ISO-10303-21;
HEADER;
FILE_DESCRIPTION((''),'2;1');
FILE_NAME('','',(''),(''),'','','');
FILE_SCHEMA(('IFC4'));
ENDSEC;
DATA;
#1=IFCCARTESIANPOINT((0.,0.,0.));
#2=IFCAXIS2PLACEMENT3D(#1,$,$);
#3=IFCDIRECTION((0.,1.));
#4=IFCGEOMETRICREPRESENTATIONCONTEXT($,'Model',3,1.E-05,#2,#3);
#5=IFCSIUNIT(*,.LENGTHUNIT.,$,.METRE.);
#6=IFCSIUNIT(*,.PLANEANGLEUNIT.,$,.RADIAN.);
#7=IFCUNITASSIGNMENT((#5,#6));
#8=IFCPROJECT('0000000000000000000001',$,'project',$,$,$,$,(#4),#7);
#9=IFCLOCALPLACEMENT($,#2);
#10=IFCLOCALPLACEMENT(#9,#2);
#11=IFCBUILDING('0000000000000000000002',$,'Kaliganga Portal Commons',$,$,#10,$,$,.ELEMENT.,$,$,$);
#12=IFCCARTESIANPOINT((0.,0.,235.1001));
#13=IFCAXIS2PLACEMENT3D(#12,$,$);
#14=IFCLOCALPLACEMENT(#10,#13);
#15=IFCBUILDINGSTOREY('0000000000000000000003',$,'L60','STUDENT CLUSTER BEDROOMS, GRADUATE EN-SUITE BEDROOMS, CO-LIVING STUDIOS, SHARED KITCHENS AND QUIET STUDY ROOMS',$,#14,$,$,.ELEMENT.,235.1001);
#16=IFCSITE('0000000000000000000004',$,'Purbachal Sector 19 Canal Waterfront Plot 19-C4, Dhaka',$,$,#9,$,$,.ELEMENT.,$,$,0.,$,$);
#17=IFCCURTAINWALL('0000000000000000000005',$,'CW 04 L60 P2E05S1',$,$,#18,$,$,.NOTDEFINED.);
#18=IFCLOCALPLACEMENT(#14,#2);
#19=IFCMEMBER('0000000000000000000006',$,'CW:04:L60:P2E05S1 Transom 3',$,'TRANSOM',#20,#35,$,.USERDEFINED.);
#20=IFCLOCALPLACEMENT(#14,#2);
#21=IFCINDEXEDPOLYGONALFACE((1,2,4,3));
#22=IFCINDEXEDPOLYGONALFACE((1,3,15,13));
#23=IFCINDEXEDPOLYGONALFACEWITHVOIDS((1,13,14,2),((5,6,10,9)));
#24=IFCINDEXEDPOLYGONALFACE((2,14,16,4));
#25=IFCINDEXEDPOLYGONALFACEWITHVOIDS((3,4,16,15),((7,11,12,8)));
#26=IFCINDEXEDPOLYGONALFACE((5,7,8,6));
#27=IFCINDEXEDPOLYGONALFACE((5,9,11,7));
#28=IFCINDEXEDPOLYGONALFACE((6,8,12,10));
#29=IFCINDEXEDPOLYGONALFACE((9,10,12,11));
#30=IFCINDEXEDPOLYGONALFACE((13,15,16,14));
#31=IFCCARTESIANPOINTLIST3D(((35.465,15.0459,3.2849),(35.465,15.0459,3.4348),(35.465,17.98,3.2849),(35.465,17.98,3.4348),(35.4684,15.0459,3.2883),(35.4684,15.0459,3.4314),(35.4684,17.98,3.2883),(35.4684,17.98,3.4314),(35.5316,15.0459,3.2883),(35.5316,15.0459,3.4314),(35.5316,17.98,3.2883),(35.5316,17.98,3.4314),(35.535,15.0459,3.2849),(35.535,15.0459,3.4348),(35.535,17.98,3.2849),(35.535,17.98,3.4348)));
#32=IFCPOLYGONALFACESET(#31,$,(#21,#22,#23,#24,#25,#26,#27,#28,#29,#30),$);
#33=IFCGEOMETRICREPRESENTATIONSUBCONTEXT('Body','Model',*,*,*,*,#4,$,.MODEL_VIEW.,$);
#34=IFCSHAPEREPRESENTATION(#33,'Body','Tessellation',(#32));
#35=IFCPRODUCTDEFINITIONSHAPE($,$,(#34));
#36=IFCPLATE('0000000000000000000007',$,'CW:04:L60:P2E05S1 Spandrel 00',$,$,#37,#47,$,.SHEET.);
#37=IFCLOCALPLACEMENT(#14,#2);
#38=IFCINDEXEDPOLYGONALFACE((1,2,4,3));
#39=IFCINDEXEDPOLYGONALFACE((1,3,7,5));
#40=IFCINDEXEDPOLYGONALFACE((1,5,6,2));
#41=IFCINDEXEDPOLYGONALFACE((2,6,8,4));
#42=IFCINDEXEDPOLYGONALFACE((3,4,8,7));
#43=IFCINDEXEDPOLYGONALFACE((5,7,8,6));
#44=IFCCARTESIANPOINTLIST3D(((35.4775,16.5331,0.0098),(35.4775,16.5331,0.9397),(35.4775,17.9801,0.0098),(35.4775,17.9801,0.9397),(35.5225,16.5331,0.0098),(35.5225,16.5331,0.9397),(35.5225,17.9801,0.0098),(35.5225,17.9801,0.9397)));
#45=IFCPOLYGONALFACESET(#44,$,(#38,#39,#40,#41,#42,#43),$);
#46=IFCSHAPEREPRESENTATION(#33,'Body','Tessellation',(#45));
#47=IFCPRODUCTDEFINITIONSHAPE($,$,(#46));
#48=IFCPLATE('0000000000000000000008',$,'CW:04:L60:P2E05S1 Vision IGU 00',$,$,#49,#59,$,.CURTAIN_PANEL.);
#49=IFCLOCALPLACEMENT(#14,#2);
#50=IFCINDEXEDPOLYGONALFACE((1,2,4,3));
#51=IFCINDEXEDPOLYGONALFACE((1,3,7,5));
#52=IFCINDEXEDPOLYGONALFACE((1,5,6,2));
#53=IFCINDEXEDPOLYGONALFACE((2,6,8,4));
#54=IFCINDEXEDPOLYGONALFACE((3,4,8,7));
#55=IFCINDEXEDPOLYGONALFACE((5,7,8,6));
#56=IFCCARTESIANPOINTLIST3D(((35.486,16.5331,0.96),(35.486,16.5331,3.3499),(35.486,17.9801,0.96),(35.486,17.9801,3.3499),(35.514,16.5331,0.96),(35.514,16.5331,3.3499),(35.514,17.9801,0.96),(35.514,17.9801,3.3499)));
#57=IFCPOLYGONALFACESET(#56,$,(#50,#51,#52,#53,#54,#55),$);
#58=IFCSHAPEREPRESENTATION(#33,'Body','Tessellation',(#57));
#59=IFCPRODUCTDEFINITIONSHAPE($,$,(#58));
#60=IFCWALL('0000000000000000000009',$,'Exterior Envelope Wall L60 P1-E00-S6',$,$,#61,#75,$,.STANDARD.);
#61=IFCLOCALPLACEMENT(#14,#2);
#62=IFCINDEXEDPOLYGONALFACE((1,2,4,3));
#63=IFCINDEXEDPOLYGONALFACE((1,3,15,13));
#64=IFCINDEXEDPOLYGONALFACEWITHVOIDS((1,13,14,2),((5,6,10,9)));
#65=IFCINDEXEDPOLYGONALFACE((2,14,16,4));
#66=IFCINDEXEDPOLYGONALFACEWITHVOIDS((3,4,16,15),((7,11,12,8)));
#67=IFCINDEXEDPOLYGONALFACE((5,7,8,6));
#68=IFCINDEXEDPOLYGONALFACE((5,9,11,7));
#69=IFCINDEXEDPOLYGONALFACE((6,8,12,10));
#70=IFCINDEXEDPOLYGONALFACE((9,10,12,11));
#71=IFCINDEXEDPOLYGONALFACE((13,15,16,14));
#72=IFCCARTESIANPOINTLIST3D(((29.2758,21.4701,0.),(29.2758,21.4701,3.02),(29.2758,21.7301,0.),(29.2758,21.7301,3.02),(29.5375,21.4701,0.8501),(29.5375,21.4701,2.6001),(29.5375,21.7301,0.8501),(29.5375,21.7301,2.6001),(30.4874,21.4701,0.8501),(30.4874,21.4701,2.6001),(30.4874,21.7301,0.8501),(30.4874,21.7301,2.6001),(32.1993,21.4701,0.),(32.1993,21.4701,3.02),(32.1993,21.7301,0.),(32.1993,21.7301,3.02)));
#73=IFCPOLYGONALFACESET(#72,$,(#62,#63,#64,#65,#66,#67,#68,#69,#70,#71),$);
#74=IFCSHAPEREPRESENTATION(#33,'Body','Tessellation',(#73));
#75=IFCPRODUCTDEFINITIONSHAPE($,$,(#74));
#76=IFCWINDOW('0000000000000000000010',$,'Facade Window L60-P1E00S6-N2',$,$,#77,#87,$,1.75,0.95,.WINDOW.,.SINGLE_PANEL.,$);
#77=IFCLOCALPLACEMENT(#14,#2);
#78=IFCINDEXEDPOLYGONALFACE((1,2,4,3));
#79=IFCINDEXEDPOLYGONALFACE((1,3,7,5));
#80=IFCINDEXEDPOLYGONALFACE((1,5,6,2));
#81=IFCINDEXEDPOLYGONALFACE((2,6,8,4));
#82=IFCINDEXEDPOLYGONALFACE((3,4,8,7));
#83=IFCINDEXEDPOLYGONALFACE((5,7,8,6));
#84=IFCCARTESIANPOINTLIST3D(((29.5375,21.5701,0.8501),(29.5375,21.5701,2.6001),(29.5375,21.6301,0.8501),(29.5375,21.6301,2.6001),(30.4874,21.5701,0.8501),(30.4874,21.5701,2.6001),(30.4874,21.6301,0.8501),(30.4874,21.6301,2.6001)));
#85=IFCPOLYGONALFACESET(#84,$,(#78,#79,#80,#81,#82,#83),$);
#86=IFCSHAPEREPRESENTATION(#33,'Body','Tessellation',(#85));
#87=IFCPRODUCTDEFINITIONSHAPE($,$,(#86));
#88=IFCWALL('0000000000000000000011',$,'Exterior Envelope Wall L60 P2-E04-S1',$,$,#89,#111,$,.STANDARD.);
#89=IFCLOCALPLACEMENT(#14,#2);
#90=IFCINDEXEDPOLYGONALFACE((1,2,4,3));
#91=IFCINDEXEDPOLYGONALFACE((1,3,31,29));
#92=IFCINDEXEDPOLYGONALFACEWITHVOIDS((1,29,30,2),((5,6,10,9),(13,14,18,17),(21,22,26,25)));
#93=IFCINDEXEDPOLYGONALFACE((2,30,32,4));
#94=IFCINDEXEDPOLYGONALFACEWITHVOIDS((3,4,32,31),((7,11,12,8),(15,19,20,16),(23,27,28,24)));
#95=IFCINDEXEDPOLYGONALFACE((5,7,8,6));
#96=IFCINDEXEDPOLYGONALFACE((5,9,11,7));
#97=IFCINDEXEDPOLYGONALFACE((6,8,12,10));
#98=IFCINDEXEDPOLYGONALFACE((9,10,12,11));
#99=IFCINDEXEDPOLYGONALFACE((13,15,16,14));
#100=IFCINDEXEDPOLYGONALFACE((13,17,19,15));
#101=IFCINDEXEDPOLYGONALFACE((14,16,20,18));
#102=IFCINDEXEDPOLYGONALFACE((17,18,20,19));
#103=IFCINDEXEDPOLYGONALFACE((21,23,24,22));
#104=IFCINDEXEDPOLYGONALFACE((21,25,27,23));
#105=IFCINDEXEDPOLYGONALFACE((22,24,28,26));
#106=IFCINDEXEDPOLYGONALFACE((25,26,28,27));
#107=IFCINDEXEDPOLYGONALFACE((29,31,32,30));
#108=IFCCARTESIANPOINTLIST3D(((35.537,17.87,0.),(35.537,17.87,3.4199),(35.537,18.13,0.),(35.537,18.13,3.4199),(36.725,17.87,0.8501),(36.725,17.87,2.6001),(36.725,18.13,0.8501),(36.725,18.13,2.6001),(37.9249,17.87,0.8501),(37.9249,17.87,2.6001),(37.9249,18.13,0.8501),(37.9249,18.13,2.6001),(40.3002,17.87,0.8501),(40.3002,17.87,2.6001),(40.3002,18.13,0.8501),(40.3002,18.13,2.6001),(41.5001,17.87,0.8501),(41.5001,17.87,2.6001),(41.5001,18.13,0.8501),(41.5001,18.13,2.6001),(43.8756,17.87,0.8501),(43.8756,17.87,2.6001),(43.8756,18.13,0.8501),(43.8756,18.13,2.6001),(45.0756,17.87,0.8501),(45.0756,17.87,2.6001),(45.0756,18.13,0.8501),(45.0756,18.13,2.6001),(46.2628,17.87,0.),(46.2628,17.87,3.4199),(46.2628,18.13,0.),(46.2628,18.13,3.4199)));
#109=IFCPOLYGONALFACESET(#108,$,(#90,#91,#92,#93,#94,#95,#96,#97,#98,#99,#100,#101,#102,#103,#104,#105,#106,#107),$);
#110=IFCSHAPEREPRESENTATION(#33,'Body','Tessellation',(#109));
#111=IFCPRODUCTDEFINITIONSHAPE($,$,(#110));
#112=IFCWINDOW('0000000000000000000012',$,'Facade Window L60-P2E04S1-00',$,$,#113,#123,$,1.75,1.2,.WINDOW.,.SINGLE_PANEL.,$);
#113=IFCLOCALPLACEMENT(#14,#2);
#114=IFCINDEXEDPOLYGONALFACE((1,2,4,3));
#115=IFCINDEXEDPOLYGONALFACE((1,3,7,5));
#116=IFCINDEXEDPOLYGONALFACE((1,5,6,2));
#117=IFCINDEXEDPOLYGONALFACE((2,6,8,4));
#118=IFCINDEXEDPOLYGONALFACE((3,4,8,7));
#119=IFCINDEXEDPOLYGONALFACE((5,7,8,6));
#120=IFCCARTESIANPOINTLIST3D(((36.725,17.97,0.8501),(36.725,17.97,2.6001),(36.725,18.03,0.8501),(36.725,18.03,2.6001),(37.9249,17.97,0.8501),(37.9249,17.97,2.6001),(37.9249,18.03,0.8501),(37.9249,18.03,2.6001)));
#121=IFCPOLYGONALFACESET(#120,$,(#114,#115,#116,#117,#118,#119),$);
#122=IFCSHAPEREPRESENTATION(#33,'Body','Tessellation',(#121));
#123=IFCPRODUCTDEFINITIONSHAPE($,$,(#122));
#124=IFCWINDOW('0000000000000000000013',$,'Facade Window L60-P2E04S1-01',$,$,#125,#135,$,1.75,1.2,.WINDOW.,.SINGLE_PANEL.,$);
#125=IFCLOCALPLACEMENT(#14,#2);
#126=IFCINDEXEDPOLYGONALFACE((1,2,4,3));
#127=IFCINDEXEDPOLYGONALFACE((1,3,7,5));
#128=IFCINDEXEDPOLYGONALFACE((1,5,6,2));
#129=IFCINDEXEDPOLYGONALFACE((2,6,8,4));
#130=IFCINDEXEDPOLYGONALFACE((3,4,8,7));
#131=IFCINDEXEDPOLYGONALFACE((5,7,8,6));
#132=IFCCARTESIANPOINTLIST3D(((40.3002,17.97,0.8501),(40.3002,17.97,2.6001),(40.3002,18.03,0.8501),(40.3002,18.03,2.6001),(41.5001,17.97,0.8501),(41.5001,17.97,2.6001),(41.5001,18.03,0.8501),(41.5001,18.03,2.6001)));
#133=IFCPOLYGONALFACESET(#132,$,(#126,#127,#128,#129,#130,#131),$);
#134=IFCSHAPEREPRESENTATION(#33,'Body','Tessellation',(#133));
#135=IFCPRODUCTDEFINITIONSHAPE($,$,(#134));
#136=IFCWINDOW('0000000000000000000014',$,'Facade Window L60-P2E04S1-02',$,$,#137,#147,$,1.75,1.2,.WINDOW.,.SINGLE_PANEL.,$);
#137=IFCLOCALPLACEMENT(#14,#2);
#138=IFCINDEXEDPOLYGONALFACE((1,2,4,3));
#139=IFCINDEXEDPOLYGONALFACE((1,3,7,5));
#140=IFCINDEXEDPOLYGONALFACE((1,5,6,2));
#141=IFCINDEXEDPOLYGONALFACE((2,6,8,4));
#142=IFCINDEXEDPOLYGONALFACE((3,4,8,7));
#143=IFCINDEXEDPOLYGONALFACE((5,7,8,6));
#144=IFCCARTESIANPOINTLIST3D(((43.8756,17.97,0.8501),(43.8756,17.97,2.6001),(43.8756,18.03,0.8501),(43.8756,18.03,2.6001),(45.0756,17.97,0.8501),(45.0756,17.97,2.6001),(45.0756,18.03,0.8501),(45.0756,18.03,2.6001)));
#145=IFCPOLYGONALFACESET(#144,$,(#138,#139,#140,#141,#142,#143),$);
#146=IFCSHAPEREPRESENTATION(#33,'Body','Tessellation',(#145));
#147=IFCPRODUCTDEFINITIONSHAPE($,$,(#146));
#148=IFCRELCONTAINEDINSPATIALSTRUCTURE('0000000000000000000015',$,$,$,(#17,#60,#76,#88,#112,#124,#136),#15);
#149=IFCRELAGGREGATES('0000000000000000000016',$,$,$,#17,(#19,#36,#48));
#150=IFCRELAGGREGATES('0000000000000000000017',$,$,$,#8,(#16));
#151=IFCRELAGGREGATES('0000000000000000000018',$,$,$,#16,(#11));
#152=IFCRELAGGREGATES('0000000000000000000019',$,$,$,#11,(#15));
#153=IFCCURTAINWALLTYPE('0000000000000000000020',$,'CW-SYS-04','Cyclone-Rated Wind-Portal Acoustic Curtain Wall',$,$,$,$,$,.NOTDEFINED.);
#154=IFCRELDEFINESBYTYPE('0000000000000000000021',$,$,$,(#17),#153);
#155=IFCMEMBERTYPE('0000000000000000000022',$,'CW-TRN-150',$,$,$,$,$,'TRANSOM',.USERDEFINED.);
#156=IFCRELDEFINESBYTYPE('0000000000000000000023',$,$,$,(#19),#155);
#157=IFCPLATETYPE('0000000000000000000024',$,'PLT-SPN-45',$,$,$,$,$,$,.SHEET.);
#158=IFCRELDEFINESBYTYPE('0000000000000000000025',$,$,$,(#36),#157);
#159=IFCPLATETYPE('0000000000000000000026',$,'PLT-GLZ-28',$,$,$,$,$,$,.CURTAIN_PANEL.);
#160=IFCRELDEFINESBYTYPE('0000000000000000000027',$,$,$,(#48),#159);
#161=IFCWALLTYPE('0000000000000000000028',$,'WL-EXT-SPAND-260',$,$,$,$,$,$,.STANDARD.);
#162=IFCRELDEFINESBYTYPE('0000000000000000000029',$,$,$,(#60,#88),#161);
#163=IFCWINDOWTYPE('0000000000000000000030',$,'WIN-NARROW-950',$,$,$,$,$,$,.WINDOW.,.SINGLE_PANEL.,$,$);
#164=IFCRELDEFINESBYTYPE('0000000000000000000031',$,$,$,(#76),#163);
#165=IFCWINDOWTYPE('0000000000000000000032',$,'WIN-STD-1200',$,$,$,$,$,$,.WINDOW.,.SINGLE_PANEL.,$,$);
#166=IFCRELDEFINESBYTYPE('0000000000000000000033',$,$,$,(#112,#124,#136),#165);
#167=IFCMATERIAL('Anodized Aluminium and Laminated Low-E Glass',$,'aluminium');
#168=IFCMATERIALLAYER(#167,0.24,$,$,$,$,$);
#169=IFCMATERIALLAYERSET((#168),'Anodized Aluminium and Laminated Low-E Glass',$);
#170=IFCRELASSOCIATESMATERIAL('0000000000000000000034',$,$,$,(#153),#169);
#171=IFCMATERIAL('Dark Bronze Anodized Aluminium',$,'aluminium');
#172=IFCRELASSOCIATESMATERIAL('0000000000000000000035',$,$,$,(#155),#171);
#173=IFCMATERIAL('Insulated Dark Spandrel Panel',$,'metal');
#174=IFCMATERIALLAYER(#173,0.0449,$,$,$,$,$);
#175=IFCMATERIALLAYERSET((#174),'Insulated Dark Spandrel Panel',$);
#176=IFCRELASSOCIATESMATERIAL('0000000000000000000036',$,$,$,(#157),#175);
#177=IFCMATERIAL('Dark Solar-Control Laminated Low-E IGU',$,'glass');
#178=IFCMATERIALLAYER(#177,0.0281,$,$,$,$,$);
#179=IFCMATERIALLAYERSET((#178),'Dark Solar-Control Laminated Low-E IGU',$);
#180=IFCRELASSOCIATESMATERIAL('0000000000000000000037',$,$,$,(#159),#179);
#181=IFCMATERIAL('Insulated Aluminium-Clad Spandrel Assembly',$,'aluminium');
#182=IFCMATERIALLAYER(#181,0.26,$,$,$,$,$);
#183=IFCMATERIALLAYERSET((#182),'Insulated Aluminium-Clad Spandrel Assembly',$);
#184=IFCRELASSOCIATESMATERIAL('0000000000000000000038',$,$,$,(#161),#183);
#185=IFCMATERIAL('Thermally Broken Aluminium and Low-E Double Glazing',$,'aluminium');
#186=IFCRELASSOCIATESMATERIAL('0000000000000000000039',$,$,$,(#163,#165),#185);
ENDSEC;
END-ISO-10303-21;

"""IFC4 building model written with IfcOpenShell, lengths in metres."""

from ifc_helpers import new_model, si_unit, direction, frame, frame_2d, origin, origin_2d, place, context, subcontext, project, spatial, rectangle, hollow_rectangle, extrude, source, transform, mapped, material, layer, layer_set, material_profile, profile_set, type_object, element, fill, aggregate, save


model = new_model("IFC4")

# Units and contexts
model_context = context("Model", 3, precision=1e-05, world=origin(), true_north=direction((0.0, 1.0)))
body_context = subcontext(model_context, "Body", "Model", "MODEL_VIEW")
ifc_project = project(units=[si_unit("LENGTHUNIT", "METRE"), si_unit("PLANEANGLEUNIT", "RADIAN")], contexts=[model_context])

# Site, building, storey
site_placement = place(None, origin())
site = spatial("IfcSite", under=ifc_project, at=site_placement, Name="Purbachal Sector 19 Canal Waterfront Plot 19-C4, Dhaka", CompositionType="ELEMENT", RefElevation=0.0)
building_placement = place(site_placement, origin())
building = spatial("IfcBuilding", under=site, at=building_placement, Name="Kaliganga Portal Commons", CompositionType="ELEMENT")
storey_placement = place(building_placement, frame((0.0, 0.0, 235.1001)))
storey = spatial("IfcBuildingStorey", under=building, at=storey_placement, Name="L60", Description="STUDENT CLUSTER BEDROOMS, GRADUATE EN-SUITE BEDROOMS, CO-LIVING STUDIOS, SHARED KITCHENS AND QUIET STUDY ROOMS", CompositionType="ELEMENT", Elevation=235.1001)

# Curtain wall, member, plates
ifc_material_1 = material(Name="Anodized Aluminium and Laminated Low-E Glass", Category="aluminium")
ifc_layer_1 = layer(ifc_material_1, 0.24)
ifc_layer_set_1 = layer_set([ifc_layer_1], Name="Anodized Aluminium and Laminated Low-E Glass")
curtain_wall_type = type_object("IfcCurtainWallType", Name="CW-SYS-04", Description="Cyclone-Rated Wind-Portal Acoustic Curtain Wall", PredefinedType="NOTDEFINED", material=ifc_layer_set_1)
curtain_wall_placement = place(storey_placement, origin())
curtain_wall = element("IfcCurtainWall", 1, at=curtain_wall_placement, inside=storey, type_object=curtain_wall_type, Name="CW 04 L60 P2E05S1", PredefinedType="NOTDEFINED")
ifc_material_2 = material(Name="Dark Bronze Anodized Aluminium", Category="aluminium")
ifc_material_profile_1 = material_profile(ifc_material_2, hollow_rectangle(XDim=0.0701, YDim=0.1499, WallThickness=0.0034, at=origin_2d()), Name="ALU TRAN 70x150x3.5")
ifc_profile_set_1 = profile_set([ifc_material_profile_1], Name="Dark Bronze Anodized Aluminium")
member_type_1 = type_object("IfcMemberType", Name="CW-TRN-150", ElementType="TRANSOM", PredefinedType="USERDEFINED", material=ifc_profile_set_1)
shared_shape_1 = source(origin(), body_context, "Body", "SweptSolid", [
    extrude(hollow_rectangle(XDim=0.0701, YDim=0.1499, WallThickness=0.0034, at=origin_2d()), origin(), (0.0, 0.0, 1.0), 2.9341),
])
member_1_placement = place(storey_placement, frame((35.5, 17.98, 3.3599), z_axis=(0.0, -1.0, 0.0), x_axis=(1.0, 0.0, 0.0)))
member_1 = element("IfcMember", 2, at=member_1_placement, type_object=member_type_1, Name="CW:04:L60:P2E05S1 Transom 3", ObjectType="TRANSOM", PredefinedType="USERDEFINED", context=body_context, shape_type="MappedRepresentation", body=[
    mapped(shared_shape_1, transform((0.0, 0.0, 0.0), x_axis=(1.0, 0.0, 0.0), y_axis=(0.0, 1.0, 0.0), z_axis=(0.0, 0.0, 1.0), scale=1.0)),
])
ifc_material_3 = material(Name="Insulated Dark Spandrel Panel", Category="metal")
ifc_layer_2 = layer(ifc_material_3, 0.0449)
ifc_layer_set_2 = layer_set([ifc_layer_2], Name="Insulated Dark Spandrel Panel")
plate_type_1 = type_object("IfcPlateType", Name="PLT-SPN-45", PredefinedType="SHEET", material=ifc_layer_set_2)
shared_shape_2 = source(origin(), body_context, "Body", "SweptSolid", [
    extrude(rectangle(XDim=1.447, YDim=0.0449, at=origin_2d()), origin(), (0.0, 0.0, 1.0), 0.9299),
])
plate_1_placement = place(storey_placement, frame((35.5, 17.2566, 0.0098), z_axis=(0.0, 0.0, 1.0), x_axis=(0.0, -1.0, 0.0)))
plate_1 = element("IfcPlate", 3, at=plate_1_placement, type_object=plate_type_1, Name="CW:04:L60:P2E05S1 Spandrel 00", PredefinedType="SHEET", context=body_context, shape_type="MappedRepresentation", body=[
    mapped(shared_shape_2, transform((0.0, 0.0, 0.0), x_axis=(1.0, 0.0, 0.0), y_axis=(0.0, 1.0, 0.0), z_axis=(0.0, 0.0, 1.0), scale=1.0)),
])
ifc_material_4 = material(Name="Dark Solar-Control Laminated Low-E IGU", Category="glass")
ifc_layer_3 = layer(ifc_material_4, 0.0281)
ifc_layer_set_3 = layer_set([ifc_layer_3], Name="Dark Solar-Control Laminated Low-E IGU")
plate_type_2 = type_object("IfcPlateType", Name="PLT-GLZ-28", PredefinedType="CURTAIN_PANEL", material=ifc_layer_set_3)
shared_shape_3 = source(origin(), body_context, "Body", "SweptSolid", [
    extrude(rectangle(XDim=1.447, YDim=0.0281, at=origin_2d()), origin(), (0.0, 0.0, 1.0), 2.3899),
])
plate_2_placement = place(storey_placement, frame((35.5, 17.2566, 0.96), z_axis=(0.0, 0.0, 1.0), x_axis=(0.0, -1.0, 0.0)))
plate_2 = element("IfcPlate", 4, at=plate_2_placement, type_object=plate_type_2, Name="CW:04:L60:P2E05S1 Vision IGU 00", PredefinedType="CURTAIN_PANEL", context=body_context, shape_type="MappedRepresentation", body=[
    mapped(shared_shape_3, transform((0.0, 0.0, 0.0), x_axis=(1.0, 0.0, 0.0), y_axis=(0.0, 1.0, 0.0), z_axis=(0.0, 0.0, 1.0), scale=1.0)),
])
aggregate(curtain_wall, [member_1, plate_1, plate_2])

# Wall, opening, window
ifc_material_5 = material(Name="Insulated Aluminium-Clad Spandrel Assembly", Category="aluminium")
ifc_layer_4 = layer(ifc_material_5, 0.26)
ifc_layer_set_4 = layer_set([ifc_layer_4], Name="Insulated Aluminium-Clad Spandrel Assembly")
wall_type_1 = type_object("IfcWallType", Name="WL-EXT-SPAND-260", PredefinedType="STANDARD", material=ifc_layer_set_4)
wall_1_placement = place(storey_placement, frame((32.1995, 21.6001, 0.0), z_axis=(0.0, 0.0, 1.0), x_axis=(-1.0, 0.0, 0.0)))
wall_1 = element("IfcWall", 5, at=wall_1_placement, inside=storey, type_object=wall_type_1, Name="Exterior Envelope Wall L60 P1-E00-S6", PredefinedType="STANDARD", context=body_context, shape_type="SweptSolid", body=[
    extrude(rectangle(XDim=2.9236, YDim=0.26, at=frame_2d((1.4619, 0.0))), origin(), (0.0, 0.0, 1.0), 3.02),
])
opening_1_placement = place(wall_1_placement, frame((1.7119, 0.0, 0.8501)))
opening_1 = element("IfcOpeningElement", 6, at=opening_1_placement, cuts=wall_1, PredefinedType="OPENING", context=body_context, shape_type="SweptSolid", body=[
    extrude(rectangle(XDim=0.95, YDim=1.75, at=frame_2d((0.4751, 0.875))), frame((0.0, 0.1401, 0.0), z_axis=(0.0, -1.0, 0.0), x_axis=(1.0, 0.0, 0.0)), (0.0, 0.0, 1.0), 0.28),
])
ifc_material_6 = material(Name="Thermally Broken Aluminium and Low-E Double Glazing", Category="aluminium")
window_type_1 = type_object("IfcWindowType", Name="WIN-NARROW-950", PartitioningType="SINGLE_PANEL", PredefinedType="WINDOW", material=ifc_material_6)
window_1_placement = place(opening_1_placement, origin())
window_1 = element("IfcWindow", 7, at=window_1_placement, inside=storey, type_object=window_type_1, Name="Facade Window L60-P1E00S6-N2", OverallHeight=1.75, OverallWidth=0.95, PartitioningType="SINGLE_PANEL", PredefinedType="WINDOW", context=body_context, shape_type="SweptSolid", body=[
    extrude(rectangle(XDim=0.95, YDim=1.75, at=frame_2d((0.4751, 0.875))), frame((0.0, 0.03, 0.0), z_axis=(0.0, -1.0, 0.0), x_axis=(1.0, 0.0, 0.0)), (0.0, 0.0, 1.0), 0.0601),
])
fill(opening_1, window_1)

# Wall, openings, windows
wall_2_placement = place(storey_placement, frame((35.5371, 18.0, 0.0), z_axis=(0.0, 0.0, 1.0), x_axis=(1.0, 0.0, 0.0)))
wall_2 = element("IfcWall", 8, at=wall_2_placement, inside=storey, type_object=wall_type_1, Name="Exterior Envelope Wall L60 P2-E04-S1", PredefinedType="STANDARD", context=body_context, shape_type="SweptSolid", body=[
    extrude(rectangle(XDim=10.7258, YDim=0.26, at=frame_2d((5.3628, 0.0))), origin(), (0.0, 0.0, 1.0), 3.4199),
])
opening_2_placement = place(wall_2_placement, frame((1.1877, 0.0, 0.8501)))
opening_2 = element("IfcOpeningElement", 9, at=opening_2_placement, cuts=wall_2, PredefinedType="OPENING", context=body_context, shape_type="SweptSolid", body=[
    extrude(rectangle(XDim=1.2, YDim=1.75, at=frame_2d((0.6001, 0.875))), frame((0.0, 0.1401, 0.0), z_axis=(0.0, -1.0, 0.0), x_axis=(1.0, 0.0, 0.0)), (0.0, 0.0, 1.0), 0.28),
])
opening_3_placement = place(wall_2_placement, frame((4.7629, 0.0, 0.8501)))
opening_3 = element("IfcOpeningElement", 10, at=opening_3_placement, cuts=wall_2, PredefinedType="OPENING", context=body_context, shape_type="SweptSolid", body=[
    extrude(rectangle(XDim=1.2, YDim=1.75, at=frame_2d((0.6001, 0.875))), frame((0.0, 0.1401, 0.0), z_axis=(0.0, -1.0, 0.0), x_axis=(1.0, 0.0, 0.0)), (0.0, 0.0, 1.0), 0.28),
])
opening_4_placement = place(wall_2_placement, frame((8.3384, 0.0, 0.8501)))
opening_4 = element("IfcOpeningElement", 11, at=opening_4_placement, cuts=wall_2, PredefinedType="OPENING", context=body_context, shape_type="SweptSolid", body=[
    extrude(rectangle(XDim=1.2, YDim=1.75, at=frame_2d((0.6001, 0.875))), frame((0.0, 0.1401, 0.0), z_axis=(0.0, -1.0, 0.0), x_axis=(1.0, 0.0, 0.0)), (0.0, 0.0, 1.0), 0.28),
])
window_type_2 = type_object("IfcWindowType", Name="WIN-STD-1200", PartitioningType="SINGLE_PANEL", PredefinedType="WINDOW", material=ifc_material_6)
window_2_placement = place(opening_2_placement, origin())
window_2 = element("IfcWindow", 12, at=window_2_placement, inside=storey, type_object=window_type_2, Name="Facade Window L60-P2E04S1-00", OverallHeight=1.75, OverallWidth=1.2, PartitioningType="SINGLE_PANEL", PredefinedType="WINDOW", context=body_context, shape_type="SweptSolid", body=[
    extrude(rectangle(XDim=1.2, YDim=1.75, at=frame_2d((0.6001, 0.875))), frame((0.0, 0.03, 0.0), z_axis=(0.0, -1.0, 0.0), x_axis=(1.0, 0.0, 0.0)), (0.0, 0.0, 1.0), 0.0601),
])
fill(opening_2, window_2)
window_3_placement = place(opening_3_placement, origin())
window_3 = element("IfcWindow", 13, at=window_3_placement, inside=storey, type_object=window_type_2, Name="Facade Window L60-P2E04S1-01", OverallHeight=1.75, OverallWidth=1.2, PartitioningType="SINGLE_PANEL", PredefinedType="WINDOW", context=body_context, shape_type="SweptSolid", body=[
    extrude(rectangle(XDim=1.2, YDim=1.75, at=frame_2d((0.6001, 0.875))), frame((0.0, 0.03, 0.0), z_axis=(0.0, -1.0, 0.0), x_axis=(1.0, 0.0, 0.0)), (0.0, 0.0, 1.0), 0.0601),
])
fill(opening_3, window_3)
window_4_placement = place(opening_4_placement, origin())
window_4 = element("IfcWindow", 14, at=window_4_placement, inside=storey, type_object=window_type_2, Name="Facade Window L60-P2E04S1-02", OverallHeight=1.75, OverallWidth=1.2, PartitioningType="SINGLE_PANEL", PredefinedType="WINDOW", context=body_context, shape_type="SweptSolid", body=[
    extrude(rectangle(XDim=1.2, YDim=1.75, at=frame_2d((0.6001, 0.875))), frame((0.0, 0.03, 0.0), z_axis=(0.0, -1.0, 0.0), x_axis=(1.0, 0.0, 0.0)), (0.0, 0.0, 1.0), 0.0601),
])
fill(opening_4, window_4)

save(model, "model.ifc")
